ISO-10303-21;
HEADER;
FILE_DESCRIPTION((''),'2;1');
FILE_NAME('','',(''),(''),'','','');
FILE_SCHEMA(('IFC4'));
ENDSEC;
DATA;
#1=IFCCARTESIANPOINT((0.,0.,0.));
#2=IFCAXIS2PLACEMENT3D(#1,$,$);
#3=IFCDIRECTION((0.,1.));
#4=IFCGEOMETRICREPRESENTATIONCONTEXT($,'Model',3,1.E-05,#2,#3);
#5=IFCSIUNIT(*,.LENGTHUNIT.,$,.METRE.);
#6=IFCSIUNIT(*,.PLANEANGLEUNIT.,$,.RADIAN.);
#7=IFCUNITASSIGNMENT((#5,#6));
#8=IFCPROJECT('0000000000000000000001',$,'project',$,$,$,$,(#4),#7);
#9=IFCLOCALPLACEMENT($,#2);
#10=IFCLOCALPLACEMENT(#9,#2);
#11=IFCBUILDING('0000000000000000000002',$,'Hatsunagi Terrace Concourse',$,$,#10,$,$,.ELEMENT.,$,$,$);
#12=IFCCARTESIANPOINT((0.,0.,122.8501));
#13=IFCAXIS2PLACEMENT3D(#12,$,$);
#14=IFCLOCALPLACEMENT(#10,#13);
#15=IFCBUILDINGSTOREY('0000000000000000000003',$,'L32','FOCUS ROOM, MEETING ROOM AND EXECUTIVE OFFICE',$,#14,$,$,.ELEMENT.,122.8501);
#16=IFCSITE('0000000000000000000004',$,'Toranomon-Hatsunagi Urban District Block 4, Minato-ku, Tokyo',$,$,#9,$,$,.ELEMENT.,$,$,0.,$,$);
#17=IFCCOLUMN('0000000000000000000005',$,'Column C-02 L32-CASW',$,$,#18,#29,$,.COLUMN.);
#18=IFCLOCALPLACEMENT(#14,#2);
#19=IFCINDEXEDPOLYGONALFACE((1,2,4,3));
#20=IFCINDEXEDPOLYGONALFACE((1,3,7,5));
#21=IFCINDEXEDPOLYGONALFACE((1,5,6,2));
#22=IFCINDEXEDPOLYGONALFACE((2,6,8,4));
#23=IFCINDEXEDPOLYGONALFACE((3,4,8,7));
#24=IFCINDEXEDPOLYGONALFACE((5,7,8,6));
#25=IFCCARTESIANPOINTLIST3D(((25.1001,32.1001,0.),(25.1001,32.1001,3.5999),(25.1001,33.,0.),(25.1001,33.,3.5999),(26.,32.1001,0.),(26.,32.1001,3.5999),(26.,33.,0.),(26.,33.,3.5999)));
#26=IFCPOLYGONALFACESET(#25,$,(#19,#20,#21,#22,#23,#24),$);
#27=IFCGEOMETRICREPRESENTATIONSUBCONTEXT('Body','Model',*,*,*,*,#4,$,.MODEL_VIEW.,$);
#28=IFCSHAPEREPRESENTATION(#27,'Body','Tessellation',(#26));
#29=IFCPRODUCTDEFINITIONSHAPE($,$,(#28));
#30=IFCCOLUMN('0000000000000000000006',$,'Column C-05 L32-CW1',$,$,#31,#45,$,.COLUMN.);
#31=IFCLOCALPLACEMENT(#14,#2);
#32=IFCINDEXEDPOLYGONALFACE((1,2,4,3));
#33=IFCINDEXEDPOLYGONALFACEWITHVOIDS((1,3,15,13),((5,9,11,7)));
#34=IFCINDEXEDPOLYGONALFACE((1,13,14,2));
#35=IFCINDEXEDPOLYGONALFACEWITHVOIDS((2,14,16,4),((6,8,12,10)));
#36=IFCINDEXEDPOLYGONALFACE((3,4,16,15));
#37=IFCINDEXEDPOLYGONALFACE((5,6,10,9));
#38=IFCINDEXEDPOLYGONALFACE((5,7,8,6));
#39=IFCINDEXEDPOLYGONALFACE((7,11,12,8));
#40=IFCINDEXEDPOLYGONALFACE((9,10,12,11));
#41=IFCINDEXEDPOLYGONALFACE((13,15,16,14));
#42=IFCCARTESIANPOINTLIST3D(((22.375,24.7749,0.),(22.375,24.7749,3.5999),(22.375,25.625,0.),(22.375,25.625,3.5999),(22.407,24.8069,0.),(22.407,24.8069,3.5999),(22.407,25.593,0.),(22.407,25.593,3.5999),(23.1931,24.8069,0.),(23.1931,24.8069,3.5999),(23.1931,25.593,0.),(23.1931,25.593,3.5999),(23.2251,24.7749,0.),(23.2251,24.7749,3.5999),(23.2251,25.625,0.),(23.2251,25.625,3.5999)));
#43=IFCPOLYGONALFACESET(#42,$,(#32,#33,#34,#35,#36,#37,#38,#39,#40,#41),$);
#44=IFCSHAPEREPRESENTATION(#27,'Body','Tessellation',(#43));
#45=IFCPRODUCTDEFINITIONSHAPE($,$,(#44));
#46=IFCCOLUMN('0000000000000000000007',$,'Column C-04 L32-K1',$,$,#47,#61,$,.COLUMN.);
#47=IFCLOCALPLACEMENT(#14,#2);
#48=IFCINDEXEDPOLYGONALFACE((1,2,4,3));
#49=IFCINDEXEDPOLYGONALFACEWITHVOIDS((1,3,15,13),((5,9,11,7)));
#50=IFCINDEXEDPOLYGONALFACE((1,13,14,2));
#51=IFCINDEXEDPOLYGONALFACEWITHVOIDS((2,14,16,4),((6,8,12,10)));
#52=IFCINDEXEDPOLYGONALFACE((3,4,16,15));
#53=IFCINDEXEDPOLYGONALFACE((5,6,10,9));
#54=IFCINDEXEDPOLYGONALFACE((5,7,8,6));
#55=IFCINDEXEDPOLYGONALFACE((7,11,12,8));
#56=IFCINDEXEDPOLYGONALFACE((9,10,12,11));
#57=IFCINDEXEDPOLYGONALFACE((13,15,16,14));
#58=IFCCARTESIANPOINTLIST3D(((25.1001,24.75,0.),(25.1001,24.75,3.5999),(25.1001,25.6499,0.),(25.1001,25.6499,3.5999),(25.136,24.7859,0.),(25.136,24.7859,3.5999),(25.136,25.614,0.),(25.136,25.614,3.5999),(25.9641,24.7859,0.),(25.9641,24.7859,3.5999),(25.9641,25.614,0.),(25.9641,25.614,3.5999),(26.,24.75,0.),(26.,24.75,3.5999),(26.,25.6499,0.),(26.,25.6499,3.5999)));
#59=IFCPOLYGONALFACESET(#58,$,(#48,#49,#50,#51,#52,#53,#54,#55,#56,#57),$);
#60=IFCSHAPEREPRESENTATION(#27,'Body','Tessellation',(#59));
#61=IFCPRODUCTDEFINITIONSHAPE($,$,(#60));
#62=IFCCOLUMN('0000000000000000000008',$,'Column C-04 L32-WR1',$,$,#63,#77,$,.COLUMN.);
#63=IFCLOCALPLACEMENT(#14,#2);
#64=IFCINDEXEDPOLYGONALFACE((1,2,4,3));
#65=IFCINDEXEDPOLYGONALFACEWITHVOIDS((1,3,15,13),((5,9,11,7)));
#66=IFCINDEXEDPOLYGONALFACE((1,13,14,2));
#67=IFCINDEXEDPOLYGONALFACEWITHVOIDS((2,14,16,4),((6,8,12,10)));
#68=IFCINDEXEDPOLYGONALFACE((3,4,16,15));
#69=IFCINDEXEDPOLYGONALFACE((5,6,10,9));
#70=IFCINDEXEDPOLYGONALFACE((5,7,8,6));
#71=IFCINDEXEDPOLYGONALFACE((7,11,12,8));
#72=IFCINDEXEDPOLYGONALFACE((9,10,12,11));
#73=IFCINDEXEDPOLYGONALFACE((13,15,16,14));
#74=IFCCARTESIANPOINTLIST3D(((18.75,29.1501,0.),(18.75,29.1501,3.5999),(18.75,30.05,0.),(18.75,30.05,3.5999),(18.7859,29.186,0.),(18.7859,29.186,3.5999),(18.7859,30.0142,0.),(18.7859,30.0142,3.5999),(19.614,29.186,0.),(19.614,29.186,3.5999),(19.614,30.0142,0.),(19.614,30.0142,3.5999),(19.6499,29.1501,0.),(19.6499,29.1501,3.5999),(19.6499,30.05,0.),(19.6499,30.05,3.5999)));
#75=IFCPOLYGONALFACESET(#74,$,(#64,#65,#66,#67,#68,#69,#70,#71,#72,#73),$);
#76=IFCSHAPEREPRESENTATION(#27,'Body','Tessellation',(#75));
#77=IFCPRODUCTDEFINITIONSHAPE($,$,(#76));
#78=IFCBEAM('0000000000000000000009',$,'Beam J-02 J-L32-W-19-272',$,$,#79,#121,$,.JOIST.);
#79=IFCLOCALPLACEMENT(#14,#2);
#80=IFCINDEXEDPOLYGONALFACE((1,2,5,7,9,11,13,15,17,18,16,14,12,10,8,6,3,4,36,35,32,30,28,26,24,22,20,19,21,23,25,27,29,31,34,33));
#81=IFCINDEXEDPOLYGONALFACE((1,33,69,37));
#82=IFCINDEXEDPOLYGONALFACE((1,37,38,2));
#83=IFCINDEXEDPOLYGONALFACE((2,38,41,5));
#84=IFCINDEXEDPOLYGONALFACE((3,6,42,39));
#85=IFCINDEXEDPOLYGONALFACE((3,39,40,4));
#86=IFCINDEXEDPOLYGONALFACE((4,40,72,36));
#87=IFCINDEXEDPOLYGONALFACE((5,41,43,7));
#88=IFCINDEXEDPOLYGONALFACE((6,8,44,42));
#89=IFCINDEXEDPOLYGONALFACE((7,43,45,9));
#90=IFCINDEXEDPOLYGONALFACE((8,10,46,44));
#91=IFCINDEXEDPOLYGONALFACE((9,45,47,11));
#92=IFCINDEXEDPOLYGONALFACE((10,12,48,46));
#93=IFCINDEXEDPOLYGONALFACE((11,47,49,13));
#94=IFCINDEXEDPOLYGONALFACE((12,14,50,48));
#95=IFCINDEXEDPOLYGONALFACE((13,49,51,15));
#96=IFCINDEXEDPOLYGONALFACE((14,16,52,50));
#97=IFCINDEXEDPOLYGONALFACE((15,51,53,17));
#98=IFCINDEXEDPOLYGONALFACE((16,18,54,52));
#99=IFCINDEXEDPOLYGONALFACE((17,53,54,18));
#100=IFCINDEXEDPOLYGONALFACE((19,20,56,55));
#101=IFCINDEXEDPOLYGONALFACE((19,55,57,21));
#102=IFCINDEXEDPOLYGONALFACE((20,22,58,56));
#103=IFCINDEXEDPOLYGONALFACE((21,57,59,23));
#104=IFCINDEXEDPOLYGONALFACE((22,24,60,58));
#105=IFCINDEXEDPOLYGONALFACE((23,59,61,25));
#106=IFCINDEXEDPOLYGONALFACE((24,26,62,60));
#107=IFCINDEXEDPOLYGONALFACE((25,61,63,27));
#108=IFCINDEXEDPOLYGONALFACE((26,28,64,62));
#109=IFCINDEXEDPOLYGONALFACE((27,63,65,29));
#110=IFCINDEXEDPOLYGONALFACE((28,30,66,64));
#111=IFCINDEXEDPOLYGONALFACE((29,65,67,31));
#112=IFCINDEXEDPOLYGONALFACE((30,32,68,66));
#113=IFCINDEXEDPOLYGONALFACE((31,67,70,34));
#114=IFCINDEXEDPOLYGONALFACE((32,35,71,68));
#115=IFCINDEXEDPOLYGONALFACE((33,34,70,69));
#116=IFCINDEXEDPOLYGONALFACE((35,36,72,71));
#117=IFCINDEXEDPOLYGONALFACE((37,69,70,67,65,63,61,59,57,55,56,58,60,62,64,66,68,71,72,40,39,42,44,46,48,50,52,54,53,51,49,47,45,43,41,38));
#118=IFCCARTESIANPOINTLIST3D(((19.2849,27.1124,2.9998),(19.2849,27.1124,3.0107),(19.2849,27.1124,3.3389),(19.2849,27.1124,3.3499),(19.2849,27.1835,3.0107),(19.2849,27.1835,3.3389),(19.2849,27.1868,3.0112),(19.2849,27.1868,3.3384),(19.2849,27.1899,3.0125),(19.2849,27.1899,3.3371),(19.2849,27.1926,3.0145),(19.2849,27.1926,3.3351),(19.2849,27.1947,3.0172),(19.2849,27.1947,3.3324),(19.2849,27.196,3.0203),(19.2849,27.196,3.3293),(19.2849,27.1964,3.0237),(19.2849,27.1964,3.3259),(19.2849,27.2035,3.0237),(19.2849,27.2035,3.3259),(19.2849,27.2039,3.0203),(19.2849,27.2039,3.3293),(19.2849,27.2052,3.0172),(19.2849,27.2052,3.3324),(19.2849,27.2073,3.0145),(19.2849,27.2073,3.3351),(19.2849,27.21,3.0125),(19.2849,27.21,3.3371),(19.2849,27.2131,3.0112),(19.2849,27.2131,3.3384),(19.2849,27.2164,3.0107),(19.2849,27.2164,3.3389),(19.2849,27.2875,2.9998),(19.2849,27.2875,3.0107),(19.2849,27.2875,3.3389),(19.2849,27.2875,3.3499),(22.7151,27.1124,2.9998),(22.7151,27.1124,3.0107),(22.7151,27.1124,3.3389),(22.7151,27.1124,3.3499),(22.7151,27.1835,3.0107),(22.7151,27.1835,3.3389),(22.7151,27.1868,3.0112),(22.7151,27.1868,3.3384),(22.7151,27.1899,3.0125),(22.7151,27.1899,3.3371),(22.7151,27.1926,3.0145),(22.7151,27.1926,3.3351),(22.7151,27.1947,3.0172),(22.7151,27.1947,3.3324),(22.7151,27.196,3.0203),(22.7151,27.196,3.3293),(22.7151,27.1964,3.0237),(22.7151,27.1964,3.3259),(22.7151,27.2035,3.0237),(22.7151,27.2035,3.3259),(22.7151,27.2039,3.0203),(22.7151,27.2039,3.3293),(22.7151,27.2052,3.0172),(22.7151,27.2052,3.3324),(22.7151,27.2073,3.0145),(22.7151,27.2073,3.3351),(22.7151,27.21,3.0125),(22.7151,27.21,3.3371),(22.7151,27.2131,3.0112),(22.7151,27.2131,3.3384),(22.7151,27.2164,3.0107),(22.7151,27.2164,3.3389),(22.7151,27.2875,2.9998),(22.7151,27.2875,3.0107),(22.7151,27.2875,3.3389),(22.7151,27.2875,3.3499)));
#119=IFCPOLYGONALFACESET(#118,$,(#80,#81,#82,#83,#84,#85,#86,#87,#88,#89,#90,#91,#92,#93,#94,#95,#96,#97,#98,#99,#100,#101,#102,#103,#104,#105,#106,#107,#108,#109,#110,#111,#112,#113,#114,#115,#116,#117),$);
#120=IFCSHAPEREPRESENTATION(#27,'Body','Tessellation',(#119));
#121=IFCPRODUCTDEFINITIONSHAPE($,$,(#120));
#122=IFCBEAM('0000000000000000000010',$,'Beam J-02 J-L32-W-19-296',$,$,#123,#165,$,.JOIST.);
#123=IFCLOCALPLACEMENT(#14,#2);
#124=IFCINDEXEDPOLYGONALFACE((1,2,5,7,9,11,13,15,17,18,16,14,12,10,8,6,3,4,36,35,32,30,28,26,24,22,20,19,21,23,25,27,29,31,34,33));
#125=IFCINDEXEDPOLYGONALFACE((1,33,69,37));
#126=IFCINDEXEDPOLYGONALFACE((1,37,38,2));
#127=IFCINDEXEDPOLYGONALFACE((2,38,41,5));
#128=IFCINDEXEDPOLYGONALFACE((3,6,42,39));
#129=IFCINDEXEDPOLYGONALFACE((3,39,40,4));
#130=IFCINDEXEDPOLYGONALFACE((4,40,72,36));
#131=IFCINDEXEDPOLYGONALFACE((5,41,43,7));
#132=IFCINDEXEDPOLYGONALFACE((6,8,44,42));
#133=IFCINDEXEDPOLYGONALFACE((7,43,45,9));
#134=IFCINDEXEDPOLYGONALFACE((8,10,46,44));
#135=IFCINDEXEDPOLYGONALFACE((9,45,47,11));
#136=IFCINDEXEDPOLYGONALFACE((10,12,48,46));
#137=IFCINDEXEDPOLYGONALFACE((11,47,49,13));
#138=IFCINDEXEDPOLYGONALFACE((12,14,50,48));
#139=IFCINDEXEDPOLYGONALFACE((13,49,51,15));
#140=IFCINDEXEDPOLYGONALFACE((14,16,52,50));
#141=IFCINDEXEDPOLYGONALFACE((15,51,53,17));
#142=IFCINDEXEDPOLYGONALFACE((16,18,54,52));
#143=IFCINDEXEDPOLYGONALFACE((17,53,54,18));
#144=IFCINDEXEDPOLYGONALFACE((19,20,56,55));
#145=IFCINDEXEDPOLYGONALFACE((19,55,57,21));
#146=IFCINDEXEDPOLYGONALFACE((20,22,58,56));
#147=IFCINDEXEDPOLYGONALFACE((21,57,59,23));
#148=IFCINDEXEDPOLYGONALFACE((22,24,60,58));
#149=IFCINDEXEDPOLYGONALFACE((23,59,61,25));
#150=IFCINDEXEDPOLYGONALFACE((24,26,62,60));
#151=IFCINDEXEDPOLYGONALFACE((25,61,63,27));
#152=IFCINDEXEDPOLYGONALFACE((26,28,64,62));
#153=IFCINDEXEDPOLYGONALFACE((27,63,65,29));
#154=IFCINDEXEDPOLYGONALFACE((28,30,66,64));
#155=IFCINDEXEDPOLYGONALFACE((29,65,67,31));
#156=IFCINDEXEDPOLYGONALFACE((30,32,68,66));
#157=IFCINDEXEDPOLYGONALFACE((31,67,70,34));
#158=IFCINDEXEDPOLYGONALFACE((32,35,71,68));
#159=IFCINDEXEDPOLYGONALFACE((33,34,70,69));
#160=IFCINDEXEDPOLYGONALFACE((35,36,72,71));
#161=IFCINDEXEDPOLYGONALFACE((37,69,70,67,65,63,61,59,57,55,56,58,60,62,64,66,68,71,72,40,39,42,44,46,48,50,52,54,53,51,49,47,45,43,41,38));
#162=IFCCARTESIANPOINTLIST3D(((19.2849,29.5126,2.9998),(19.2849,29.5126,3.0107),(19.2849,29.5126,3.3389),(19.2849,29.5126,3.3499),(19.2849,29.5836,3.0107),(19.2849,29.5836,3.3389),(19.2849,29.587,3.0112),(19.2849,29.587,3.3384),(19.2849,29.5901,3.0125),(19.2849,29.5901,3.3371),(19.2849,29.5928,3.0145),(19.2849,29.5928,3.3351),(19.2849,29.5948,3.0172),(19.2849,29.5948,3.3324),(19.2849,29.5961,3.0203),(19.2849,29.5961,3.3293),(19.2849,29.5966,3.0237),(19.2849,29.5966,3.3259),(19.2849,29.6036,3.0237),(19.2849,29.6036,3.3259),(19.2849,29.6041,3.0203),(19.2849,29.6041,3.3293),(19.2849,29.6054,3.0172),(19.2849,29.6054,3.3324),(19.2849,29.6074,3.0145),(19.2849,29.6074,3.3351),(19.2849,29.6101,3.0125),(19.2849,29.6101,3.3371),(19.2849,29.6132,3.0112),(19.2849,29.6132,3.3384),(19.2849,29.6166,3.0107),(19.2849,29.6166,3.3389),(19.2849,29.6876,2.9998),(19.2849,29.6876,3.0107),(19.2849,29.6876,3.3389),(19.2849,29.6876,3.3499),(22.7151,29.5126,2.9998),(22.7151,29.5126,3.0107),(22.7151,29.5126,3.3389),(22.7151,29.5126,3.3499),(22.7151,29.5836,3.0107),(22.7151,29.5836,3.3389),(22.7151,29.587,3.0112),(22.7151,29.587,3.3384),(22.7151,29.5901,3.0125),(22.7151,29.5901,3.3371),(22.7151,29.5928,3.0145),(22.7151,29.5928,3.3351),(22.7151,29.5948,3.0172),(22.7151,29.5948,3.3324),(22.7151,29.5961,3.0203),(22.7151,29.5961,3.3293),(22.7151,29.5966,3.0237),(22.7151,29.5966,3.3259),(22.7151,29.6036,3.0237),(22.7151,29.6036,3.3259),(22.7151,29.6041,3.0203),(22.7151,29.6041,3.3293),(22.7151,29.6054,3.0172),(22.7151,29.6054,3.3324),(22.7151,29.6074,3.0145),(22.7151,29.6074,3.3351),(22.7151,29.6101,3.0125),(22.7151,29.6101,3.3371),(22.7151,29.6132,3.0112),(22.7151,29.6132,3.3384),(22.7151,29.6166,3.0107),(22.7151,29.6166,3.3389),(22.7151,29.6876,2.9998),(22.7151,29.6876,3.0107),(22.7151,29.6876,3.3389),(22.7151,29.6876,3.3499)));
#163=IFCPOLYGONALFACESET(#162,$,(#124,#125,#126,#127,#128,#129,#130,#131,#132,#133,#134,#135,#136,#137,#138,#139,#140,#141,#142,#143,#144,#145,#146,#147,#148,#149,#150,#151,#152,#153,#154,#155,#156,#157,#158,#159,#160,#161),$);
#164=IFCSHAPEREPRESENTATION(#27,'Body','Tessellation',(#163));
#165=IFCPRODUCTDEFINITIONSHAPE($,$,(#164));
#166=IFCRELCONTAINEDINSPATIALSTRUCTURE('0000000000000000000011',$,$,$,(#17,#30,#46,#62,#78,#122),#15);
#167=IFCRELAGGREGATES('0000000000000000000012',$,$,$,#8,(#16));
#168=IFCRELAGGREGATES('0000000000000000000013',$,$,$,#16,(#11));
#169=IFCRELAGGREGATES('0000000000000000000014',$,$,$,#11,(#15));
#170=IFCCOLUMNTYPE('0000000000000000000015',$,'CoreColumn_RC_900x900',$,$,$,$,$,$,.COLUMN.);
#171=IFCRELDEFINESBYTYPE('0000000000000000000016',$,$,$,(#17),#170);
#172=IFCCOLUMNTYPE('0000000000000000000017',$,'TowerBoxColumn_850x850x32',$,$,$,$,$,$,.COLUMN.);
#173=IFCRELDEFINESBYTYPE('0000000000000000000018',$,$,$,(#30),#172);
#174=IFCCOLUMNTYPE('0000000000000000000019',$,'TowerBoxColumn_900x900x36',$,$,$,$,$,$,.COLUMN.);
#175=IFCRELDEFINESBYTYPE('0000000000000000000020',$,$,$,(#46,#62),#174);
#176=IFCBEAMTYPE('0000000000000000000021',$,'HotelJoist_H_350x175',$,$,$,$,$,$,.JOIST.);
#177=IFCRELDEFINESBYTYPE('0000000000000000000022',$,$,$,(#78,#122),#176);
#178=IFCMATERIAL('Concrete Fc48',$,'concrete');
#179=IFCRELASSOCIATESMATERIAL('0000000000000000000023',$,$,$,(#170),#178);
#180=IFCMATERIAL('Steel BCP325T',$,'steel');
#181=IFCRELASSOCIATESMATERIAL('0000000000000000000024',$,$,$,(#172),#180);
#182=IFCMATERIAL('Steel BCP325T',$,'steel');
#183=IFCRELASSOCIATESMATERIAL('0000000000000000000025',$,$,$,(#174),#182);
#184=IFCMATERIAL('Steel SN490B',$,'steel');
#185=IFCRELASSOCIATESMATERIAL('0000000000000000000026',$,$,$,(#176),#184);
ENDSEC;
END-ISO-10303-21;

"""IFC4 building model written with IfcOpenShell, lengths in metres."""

from ifc_helpers import new_model, si_unit, direction, frame, origin, origin_2d, place, context, subcontext, project, spatial, rectangle, hollow_rectangle, i_section, extrude, material, material_profile, profile_set, type_object, element, save


model = new_model("IFC4")

# Units and contexts
model_context = context("Model", 3, precision=1e-05, world=origin(), true_north=direction((0.0, 1.0)))
body_context = subcontext(model_context, "Body", "Model", "MODEL_VIEW")
ifc_project = project(units=[si_unit("LENGTHUNIT", "METRE"), si_unit("PLANEANGLEUNIT", "RADIAN")], contexts=[model_context])

# Site, building, storey
site_placement = place(None, origin())
site = spatial("IfcSite", under=ifc_project, at=site_placement, Name="Toranomon-Hatsunagi Urban District Block 4, Minato-ku, Tokyo", CompositionType="ELEMENT", RefElevation=0.0)
building_placement = place(site_placement, origin())
building = spatial("IfcBuilding", under=site, at=building_placement, Name="Hatsunagi Terrace Concourse", CompositionType="ELEMENT")
storey_placement = place(building_placement, frame((0.0, 0.0, 122.8501)))
storey = spatial("IfcBuildingStorey", under=building, at=storey_placement, Name="L32", Description="FOCUS ROOM, MEETING ROOM AND EXECUTIVE OFFICE", CompositionType="ELEMENT", Elevation=122.8501)

# Columns
ifc_material_1 = material(Name="Concrete Fc48", Category="concrete")
ifc_material_profile_1 = material_profile(ifc_material_1, rectangle(XDim=0.8999, YDim=0.8999, at=origin_2d()), Name="RC-900x900")
ifc_profile_set_1 = profile_set([ifc_material_profile_1], Name="Concrete Fc48")
column_type_1 = type_object("IfcColumnType", Name="CoreColumn_RC_900x900", PredefinedType="COLUMN", material=ifc_profile_set_1)
column_1_placement = place(storey_placement, frame((25.55, 32.55, 0.0), z_axis=(0.0, 0.0, 1.0), x_axis=(1.0, 0.0, 0.0)))
element("IfcColumn", 1, at=column_1_placement, inside=storey, type_object=column_type_1, Name="Column C-02 L32-CASW", PredefinedType="COLUMN", context=body_context, shape_type="SweptSolid", body=[
    extrude(rectangle(XDim=0.8999, YDim=0.8999, at=origin_2d()), origin(), (0.0, 0.0, 1.0), 3.5999),
])
ifc_material_2 = material(Name="Steel BCP325T", Category="steel")
ifc_material_profile_2 = material_profile(ifc_material_2, hollow_rectangle(XDim=0.8501, YDim=0.8501, WallThickness=0.032, at=origin_2d()), Name="BCP-850x850x32")
ifc_profile_set_2 = profile_set([ifc_material_profile_2], Name="Steel BCP325T")
column_type_2 = type_object("IfcColumnType", Name="TowerBoxColumn_850x850x32", PredefinedType="COLUMN", material=ifc_profile_set_2)
column_2_placement = place(storey_placement, frame((22.8, 25.2, 0.0), z_axis=(0.0, 0.0, 1.0), x_axis=(1.0, 0.0, 0.0)))
element("IfcColumn", 2, at=column_2_placement, inside=storey, type_object=column_type_2, Name="Column C-05 L32-CW1", PredefinedType="COLUMN", context=body_context, shape_type="SweptSolid", body=[
    extrude(hollow_rectangle(XDim=0.8501, YDim=0.8501, WallThickness=0.032, at=origin_2d()), origin(), (0.0, 0.0, 1.0), 3.5999),
])
ifc_material_3 = material(Name="Steel BCP325T", Category="steel")
ifc_material_profile_3 = material_profile(ifc_material_3, hollow_rectangle(XDim=0.8999, YDim=0.8999, WallThickness=0.0359, at=origin_2d()), Name="BCP-900x900x36")
ifc_profile_set_3 = profile_set([ifc_material_profile_3], Name="Steel BCP325T")
column_type_3 = type_object("IfcColumnType", Name="TowerBoxColumn_900x900x36", PredefinedType="COLUMN", material=ifc_profile_set_3)
for number, where, z_axis, x_axis, name in (
    (3, (25.55, 25.2, 0.0), (0.0, 0.0, 1.0), (1.0, 0.0, 0.0), "Column C-04 L32-K1"),
    (4, (19.2, 29.6001, 0.0), (0.0, 0.0, 1.0), (1.0, 0.0, 0.0), "Column C-04 L32-WR1"),
):
    element("IfcColumn", number, at=place(storey_placement, frame(where, z_axis=z_axis, x_axis=x_axis)), inside=storey, type_object=column_type_3, Name=name, PredefinedType="COLUMN", context=body_context, shape_type="SweptSolid", body=[
        extrude(hollow_rectangle(XDim=0.8999, YDim=0.8999, WallThickness=0.0359, at=origin_2d()), origin(), (0.0, 0.0, 1.0), 3.5999),
    ])

# Beams
ifc_material_4 = material(Name="Steel SN490B", Category="steel")
ifc_material_profile_4 = material_profile(ifc_material_4, i_section(OverallWidth=0.175, OverallDepth=0.3501, WebThickness=0.0071, FlangeThickness=0.011, FilletRadius=0.0129, at=origin_2d()), Name="H-350x175x7x11")
ifc_profile_set_4 = profile_set([ifc_material_profile_4], Name="Steel SN490B")
beam_type_1 = type_object("IfcBeamType", Name="HotelJoist_H_350x175", PredefinedType="JOIST", material=ifc_profile_set_4)
for number, where, z_axis, x_axis, name in (
    (5, (19.2849, 27.2, 3.1748), (1.0, 0.0, 0.0), (0.0, 1.0, 0.0), "Beam J-02 J-L32-W-19-272"),
    (6, (19.2849, 29.6001, 3.1748), (1.0, 0.0, 0.0), (0.0, 1.0, 0.0), "Beam J-02 J-L32-W-19-296"),
):
    element("IfcBeam", number, at=place(storey_placement, frame(where, z_axis=z_axis, x_axis=x_axis)), inside=storey, type_object=beam_type_1, Name=name, PredefinedType="JOIST", context=body_context, shape_type="SweptSolid", body=[
        extrude(i_section(OverallWidth=0.175, OverallDepth=0.3501, WebThickness=0.0071, FlangeThickness=0.011, FilletRadius=0.0129, at=origin_2d()), origin(), (0.0, 0.0, 1.0), 3.4302),
    ])

save(model, "model.ifc")
